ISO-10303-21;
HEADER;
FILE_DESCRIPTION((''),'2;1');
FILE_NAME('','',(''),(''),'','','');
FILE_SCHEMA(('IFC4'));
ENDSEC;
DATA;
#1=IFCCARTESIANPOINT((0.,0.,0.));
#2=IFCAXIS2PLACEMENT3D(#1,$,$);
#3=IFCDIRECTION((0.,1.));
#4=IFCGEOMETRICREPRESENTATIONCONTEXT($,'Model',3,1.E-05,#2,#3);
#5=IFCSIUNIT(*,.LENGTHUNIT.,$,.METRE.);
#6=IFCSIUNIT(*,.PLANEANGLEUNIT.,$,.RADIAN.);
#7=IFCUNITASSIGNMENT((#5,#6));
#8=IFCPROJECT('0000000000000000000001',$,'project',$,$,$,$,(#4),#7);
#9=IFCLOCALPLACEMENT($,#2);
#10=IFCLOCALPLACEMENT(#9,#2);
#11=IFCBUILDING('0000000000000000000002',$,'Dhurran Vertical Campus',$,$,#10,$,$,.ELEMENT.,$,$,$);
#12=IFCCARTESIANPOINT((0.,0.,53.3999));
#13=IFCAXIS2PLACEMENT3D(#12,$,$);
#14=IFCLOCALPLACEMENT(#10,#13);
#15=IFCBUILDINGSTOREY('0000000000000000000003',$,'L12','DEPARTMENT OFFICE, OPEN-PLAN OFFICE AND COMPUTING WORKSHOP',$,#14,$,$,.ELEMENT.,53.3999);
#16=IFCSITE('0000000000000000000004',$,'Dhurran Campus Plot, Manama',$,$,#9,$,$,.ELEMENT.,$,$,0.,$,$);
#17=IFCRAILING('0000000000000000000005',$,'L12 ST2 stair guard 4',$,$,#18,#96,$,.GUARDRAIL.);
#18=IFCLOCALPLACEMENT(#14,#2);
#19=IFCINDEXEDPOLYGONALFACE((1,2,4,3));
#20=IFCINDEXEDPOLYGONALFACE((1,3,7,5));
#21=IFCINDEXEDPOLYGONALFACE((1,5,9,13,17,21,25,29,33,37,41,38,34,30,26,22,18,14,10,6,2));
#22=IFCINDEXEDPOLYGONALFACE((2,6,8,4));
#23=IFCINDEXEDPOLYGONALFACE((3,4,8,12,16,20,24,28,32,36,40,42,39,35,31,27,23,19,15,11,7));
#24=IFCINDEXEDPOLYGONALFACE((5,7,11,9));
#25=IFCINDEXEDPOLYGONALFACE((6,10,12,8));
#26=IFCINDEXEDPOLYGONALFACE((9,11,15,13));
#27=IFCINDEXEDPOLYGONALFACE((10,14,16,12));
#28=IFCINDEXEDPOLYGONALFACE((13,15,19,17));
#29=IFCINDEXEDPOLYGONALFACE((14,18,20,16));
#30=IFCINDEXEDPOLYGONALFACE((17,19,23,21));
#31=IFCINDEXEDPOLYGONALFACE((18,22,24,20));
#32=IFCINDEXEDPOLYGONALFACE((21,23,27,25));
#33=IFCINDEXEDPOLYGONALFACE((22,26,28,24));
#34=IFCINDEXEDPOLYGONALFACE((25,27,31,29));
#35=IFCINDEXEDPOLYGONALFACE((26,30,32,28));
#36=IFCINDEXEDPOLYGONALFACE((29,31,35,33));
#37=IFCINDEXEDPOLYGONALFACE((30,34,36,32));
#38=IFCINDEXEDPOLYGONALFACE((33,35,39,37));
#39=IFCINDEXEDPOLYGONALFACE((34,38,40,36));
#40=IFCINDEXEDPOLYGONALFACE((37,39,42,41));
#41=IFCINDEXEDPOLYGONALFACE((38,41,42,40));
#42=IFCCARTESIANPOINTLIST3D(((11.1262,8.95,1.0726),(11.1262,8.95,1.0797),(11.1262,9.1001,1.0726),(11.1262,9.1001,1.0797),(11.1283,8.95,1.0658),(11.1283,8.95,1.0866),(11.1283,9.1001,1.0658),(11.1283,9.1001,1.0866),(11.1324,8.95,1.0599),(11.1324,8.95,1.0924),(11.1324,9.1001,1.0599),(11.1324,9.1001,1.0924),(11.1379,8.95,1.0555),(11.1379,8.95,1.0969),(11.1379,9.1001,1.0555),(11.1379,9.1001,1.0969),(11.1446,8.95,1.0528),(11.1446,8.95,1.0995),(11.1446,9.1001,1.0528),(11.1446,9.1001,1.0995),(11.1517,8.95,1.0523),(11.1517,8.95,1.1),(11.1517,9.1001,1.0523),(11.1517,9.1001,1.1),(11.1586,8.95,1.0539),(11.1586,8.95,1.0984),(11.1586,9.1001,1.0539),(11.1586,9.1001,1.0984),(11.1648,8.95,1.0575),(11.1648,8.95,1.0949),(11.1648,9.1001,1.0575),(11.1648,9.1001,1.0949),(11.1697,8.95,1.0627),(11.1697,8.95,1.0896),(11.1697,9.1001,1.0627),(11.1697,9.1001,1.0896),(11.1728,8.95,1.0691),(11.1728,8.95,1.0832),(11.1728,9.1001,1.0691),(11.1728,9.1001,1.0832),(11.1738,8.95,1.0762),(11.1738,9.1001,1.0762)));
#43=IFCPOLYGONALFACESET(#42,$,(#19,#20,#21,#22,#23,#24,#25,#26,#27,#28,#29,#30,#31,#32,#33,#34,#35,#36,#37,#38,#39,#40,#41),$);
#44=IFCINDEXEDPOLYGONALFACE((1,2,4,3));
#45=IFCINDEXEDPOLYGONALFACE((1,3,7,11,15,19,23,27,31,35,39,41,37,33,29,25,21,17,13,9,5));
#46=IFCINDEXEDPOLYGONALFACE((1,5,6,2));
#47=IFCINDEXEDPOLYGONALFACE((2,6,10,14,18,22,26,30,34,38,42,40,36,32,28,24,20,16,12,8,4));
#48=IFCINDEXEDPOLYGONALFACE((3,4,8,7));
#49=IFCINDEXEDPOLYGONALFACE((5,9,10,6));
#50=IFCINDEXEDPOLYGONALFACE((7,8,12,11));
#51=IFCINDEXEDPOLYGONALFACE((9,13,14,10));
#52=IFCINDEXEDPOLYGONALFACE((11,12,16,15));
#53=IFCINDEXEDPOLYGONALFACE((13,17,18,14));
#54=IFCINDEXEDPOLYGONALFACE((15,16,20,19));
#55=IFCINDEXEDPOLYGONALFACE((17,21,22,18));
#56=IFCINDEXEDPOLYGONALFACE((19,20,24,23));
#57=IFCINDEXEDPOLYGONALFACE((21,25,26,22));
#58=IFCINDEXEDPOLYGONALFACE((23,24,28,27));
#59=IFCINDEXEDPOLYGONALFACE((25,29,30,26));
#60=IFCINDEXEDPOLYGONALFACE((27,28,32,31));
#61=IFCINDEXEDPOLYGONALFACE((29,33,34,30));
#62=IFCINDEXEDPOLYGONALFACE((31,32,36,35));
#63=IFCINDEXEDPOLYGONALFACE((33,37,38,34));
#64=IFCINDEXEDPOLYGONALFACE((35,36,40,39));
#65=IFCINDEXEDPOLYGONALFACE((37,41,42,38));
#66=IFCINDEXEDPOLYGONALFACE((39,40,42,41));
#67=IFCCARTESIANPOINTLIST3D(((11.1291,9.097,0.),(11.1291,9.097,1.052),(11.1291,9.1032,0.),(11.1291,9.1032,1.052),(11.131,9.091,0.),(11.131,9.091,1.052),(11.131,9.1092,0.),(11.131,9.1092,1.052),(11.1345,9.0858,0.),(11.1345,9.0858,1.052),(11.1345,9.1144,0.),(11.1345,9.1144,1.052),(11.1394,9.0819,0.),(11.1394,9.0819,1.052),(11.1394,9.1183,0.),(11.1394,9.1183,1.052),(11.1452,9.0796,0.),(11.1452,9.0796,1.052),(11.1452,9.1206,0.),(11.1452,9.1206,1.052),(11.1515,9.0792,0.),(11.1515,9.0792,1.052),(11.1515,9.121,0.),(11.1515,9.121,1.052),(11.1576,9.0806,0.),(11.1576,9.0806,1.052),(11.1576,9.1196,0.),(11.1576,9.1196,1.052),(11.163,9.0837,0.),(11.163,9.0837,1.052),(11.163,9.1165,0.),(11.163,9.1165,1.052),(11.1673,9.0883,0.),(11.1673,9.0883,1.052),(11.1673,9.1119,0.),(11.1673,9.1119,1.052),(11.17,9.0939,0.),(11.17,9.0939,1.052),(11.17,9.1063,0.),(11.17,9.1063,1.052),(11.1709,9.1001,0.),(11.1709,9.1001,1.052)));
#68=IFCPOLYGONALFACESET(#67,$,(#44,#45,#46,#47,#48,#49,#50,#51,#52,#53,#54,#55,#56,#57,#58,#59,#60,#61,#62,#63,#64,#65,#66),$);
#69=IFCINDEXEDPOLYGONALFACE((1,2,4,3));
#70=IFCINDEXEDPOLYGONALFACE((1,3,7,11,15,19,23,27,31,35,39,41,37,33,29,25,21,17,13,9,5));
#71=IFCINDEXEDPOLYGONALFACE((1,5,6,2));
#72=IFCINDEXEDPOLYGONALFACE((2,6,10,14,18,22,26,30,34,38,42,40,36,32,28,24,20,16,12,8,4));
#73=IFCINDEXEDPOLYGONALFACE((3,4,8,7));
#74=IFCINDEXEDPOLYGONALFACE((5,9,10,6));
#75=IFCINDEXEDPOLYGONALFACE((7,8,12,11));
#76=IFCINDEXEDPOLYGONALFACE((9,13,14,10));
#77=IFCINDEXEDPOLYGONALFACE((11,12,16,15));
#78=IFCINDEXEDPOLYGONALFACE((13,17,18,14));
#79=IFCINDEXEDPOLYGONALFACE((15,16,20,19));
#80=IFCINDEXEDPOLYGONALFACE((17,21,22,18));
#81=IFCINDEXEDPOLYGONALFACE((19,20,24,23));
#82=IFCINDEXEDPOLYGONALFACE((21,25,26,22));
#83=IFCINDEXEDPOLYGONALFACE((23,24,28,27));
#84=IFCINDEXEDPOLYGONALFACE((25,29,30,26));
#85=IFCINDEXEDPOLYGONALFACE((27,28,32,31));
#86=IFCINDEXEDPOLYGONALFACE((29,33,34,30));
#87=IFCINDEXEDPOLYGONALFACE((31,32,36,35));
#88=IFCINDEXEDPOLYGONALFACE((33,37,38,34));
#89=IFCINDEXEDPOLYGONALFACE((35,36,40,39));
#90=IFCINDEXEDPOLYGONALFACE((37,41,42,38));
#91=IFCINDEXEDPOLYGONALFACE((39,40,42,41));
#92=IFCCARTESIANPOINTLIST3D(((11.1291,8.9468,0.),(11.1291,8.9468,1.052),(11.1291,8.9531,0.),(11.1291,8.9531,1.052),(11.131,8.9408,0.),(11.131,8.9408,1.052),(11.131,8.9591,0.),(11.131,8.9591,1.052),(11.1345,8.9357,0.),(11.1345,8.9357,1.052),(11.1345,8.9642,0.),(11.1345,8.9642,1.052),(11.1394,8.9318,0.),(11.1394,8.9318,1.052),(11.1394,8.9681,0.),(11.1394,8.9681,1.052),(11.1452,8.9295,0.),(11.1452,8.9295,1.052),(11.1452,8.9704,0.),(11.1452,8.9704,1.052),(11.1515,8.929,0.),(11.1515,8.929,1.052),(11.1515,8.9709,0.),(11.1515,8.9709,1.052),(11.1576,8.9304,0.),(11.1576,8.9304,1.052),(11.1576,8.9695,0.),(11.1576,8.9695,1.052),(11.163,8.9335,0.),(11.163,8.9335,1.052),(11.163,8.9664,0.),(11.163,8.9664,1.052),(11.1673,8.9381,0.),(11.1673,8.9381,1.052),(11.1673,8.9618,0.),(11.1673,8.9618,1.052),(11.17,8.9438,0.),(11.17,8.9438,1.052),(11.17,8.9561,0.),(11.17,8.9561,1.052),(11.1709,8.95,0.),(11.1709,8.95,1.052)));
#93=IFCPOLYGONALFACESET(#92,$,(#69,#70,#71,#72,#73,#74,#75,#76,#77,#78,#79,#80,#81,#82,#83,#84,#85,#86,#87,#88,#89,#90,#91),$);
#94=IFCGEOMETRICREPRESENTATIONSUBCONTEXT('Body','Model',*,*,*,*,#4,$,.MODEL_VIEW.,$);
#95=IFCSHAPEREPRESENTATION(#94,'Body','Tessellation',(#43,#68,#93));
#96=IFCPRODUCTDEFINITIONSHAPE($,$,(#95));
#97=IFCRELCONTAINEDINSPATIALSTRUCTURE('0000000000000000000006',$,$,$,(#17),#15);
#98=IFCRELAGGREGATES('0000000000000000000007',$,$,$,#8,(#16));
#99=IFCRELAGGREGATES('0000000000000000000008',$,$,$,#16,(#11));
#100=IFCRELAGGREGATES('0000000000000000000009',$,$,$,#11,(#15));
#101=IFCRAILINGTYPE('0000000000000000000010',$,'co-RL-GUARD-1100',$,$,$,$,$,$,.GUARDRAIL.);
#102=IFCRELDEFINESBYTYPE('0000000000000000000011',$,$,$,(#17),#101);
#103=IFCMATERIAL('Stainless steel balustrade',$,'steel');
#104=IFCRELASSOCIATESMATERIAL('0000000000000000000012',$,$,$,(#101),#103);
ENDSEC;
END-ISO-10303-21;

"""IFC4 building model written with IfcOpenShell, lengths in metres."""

from ifc_helpers import new_model, si_unit, direction, frame, origin, origin_2d, place, context, subcontext, project, spatial, circle, extrude, material, type_object, element, save


model = new_model("IFC4")

# Units and contexts
model_context = context("Model", 3, precision=1e-05, world=origin(), true_north=direction((0.0, 1.0)))
body_context = subcontext(model_context, "Body", "Model", "MODEL_VIEW")
ifc_project = project(units=[si_unit("LENGTHUNIT", "METRE"), si_unit("PLANEANGLEUNIT", "RADIAN")], contexts=[model_context])

# Site, building, storey
site_placement = place(None, origin())
site = spatial("IfcSite", under=ifc_project, at=site_placement, Name="Dhurran Campus Plot, Manama", CompositionType="ELEMENT", RefElevation=0.0)
building_placement = place(site_placement, origin())
building = spatial("IfcBuilding", under=site, at=building_placement, Name="Dhurran Vertical Campus", CompositionType="ELEMENT")
storey_placement = place(building_placement, frame((0.0, 0.0, 53.3999)))
storey = spatial("IfcBuildingStorey", under=building, at=storey_placement, Name="L12", Description="DEPARTMENT OFFICE, OPEN-PLAN OFFICE AND COMPUTING WORKSHOP", CompositionType="ELEMENT", Elevation=53.3999)

# Railing
ifc_material_1 = material(Name="Stainless steel balustrade", Category="steel")
railing_type_1 = type_object("IfcRailingType", Name="co-RL-GUARD-1100", PredefinedType="GUARDRAIL", material=ifc_material_1)
railing_1_placement = place(storey_placement, frame((11.1499, 9.1001, 0.0)))
element("IfcRailing", 1, at=railing_1_placement, inside=storey, type_object=railing_type_1, Name="L12 ST2 stair guard 4", PredefinedType="GUARDRAIL", context=body_context, shape_type="SweptSolid", body=[
    extrude(circle(Radius=0.0239, at=origin_2d()), frame((0.0, 0.0, 1.0762), z_axis=(0.0, -1.0, 0.0), x_axis=(1.0, 0.0, 0.0)), (0.0, 0.0, 1.0), 0.1501),
    extrude(circle(Radius=0.021, at=origin_2d()), origin(), (0.0, 0.0, 1.0), 1.052),
    extrude(circle(Radius=0.021, at=origin_2d()), frame((0.0, -0.1501, 0.0)), (0.0, 0.0, 1.0), 1.052),
])

save(model, "model.ifc")
